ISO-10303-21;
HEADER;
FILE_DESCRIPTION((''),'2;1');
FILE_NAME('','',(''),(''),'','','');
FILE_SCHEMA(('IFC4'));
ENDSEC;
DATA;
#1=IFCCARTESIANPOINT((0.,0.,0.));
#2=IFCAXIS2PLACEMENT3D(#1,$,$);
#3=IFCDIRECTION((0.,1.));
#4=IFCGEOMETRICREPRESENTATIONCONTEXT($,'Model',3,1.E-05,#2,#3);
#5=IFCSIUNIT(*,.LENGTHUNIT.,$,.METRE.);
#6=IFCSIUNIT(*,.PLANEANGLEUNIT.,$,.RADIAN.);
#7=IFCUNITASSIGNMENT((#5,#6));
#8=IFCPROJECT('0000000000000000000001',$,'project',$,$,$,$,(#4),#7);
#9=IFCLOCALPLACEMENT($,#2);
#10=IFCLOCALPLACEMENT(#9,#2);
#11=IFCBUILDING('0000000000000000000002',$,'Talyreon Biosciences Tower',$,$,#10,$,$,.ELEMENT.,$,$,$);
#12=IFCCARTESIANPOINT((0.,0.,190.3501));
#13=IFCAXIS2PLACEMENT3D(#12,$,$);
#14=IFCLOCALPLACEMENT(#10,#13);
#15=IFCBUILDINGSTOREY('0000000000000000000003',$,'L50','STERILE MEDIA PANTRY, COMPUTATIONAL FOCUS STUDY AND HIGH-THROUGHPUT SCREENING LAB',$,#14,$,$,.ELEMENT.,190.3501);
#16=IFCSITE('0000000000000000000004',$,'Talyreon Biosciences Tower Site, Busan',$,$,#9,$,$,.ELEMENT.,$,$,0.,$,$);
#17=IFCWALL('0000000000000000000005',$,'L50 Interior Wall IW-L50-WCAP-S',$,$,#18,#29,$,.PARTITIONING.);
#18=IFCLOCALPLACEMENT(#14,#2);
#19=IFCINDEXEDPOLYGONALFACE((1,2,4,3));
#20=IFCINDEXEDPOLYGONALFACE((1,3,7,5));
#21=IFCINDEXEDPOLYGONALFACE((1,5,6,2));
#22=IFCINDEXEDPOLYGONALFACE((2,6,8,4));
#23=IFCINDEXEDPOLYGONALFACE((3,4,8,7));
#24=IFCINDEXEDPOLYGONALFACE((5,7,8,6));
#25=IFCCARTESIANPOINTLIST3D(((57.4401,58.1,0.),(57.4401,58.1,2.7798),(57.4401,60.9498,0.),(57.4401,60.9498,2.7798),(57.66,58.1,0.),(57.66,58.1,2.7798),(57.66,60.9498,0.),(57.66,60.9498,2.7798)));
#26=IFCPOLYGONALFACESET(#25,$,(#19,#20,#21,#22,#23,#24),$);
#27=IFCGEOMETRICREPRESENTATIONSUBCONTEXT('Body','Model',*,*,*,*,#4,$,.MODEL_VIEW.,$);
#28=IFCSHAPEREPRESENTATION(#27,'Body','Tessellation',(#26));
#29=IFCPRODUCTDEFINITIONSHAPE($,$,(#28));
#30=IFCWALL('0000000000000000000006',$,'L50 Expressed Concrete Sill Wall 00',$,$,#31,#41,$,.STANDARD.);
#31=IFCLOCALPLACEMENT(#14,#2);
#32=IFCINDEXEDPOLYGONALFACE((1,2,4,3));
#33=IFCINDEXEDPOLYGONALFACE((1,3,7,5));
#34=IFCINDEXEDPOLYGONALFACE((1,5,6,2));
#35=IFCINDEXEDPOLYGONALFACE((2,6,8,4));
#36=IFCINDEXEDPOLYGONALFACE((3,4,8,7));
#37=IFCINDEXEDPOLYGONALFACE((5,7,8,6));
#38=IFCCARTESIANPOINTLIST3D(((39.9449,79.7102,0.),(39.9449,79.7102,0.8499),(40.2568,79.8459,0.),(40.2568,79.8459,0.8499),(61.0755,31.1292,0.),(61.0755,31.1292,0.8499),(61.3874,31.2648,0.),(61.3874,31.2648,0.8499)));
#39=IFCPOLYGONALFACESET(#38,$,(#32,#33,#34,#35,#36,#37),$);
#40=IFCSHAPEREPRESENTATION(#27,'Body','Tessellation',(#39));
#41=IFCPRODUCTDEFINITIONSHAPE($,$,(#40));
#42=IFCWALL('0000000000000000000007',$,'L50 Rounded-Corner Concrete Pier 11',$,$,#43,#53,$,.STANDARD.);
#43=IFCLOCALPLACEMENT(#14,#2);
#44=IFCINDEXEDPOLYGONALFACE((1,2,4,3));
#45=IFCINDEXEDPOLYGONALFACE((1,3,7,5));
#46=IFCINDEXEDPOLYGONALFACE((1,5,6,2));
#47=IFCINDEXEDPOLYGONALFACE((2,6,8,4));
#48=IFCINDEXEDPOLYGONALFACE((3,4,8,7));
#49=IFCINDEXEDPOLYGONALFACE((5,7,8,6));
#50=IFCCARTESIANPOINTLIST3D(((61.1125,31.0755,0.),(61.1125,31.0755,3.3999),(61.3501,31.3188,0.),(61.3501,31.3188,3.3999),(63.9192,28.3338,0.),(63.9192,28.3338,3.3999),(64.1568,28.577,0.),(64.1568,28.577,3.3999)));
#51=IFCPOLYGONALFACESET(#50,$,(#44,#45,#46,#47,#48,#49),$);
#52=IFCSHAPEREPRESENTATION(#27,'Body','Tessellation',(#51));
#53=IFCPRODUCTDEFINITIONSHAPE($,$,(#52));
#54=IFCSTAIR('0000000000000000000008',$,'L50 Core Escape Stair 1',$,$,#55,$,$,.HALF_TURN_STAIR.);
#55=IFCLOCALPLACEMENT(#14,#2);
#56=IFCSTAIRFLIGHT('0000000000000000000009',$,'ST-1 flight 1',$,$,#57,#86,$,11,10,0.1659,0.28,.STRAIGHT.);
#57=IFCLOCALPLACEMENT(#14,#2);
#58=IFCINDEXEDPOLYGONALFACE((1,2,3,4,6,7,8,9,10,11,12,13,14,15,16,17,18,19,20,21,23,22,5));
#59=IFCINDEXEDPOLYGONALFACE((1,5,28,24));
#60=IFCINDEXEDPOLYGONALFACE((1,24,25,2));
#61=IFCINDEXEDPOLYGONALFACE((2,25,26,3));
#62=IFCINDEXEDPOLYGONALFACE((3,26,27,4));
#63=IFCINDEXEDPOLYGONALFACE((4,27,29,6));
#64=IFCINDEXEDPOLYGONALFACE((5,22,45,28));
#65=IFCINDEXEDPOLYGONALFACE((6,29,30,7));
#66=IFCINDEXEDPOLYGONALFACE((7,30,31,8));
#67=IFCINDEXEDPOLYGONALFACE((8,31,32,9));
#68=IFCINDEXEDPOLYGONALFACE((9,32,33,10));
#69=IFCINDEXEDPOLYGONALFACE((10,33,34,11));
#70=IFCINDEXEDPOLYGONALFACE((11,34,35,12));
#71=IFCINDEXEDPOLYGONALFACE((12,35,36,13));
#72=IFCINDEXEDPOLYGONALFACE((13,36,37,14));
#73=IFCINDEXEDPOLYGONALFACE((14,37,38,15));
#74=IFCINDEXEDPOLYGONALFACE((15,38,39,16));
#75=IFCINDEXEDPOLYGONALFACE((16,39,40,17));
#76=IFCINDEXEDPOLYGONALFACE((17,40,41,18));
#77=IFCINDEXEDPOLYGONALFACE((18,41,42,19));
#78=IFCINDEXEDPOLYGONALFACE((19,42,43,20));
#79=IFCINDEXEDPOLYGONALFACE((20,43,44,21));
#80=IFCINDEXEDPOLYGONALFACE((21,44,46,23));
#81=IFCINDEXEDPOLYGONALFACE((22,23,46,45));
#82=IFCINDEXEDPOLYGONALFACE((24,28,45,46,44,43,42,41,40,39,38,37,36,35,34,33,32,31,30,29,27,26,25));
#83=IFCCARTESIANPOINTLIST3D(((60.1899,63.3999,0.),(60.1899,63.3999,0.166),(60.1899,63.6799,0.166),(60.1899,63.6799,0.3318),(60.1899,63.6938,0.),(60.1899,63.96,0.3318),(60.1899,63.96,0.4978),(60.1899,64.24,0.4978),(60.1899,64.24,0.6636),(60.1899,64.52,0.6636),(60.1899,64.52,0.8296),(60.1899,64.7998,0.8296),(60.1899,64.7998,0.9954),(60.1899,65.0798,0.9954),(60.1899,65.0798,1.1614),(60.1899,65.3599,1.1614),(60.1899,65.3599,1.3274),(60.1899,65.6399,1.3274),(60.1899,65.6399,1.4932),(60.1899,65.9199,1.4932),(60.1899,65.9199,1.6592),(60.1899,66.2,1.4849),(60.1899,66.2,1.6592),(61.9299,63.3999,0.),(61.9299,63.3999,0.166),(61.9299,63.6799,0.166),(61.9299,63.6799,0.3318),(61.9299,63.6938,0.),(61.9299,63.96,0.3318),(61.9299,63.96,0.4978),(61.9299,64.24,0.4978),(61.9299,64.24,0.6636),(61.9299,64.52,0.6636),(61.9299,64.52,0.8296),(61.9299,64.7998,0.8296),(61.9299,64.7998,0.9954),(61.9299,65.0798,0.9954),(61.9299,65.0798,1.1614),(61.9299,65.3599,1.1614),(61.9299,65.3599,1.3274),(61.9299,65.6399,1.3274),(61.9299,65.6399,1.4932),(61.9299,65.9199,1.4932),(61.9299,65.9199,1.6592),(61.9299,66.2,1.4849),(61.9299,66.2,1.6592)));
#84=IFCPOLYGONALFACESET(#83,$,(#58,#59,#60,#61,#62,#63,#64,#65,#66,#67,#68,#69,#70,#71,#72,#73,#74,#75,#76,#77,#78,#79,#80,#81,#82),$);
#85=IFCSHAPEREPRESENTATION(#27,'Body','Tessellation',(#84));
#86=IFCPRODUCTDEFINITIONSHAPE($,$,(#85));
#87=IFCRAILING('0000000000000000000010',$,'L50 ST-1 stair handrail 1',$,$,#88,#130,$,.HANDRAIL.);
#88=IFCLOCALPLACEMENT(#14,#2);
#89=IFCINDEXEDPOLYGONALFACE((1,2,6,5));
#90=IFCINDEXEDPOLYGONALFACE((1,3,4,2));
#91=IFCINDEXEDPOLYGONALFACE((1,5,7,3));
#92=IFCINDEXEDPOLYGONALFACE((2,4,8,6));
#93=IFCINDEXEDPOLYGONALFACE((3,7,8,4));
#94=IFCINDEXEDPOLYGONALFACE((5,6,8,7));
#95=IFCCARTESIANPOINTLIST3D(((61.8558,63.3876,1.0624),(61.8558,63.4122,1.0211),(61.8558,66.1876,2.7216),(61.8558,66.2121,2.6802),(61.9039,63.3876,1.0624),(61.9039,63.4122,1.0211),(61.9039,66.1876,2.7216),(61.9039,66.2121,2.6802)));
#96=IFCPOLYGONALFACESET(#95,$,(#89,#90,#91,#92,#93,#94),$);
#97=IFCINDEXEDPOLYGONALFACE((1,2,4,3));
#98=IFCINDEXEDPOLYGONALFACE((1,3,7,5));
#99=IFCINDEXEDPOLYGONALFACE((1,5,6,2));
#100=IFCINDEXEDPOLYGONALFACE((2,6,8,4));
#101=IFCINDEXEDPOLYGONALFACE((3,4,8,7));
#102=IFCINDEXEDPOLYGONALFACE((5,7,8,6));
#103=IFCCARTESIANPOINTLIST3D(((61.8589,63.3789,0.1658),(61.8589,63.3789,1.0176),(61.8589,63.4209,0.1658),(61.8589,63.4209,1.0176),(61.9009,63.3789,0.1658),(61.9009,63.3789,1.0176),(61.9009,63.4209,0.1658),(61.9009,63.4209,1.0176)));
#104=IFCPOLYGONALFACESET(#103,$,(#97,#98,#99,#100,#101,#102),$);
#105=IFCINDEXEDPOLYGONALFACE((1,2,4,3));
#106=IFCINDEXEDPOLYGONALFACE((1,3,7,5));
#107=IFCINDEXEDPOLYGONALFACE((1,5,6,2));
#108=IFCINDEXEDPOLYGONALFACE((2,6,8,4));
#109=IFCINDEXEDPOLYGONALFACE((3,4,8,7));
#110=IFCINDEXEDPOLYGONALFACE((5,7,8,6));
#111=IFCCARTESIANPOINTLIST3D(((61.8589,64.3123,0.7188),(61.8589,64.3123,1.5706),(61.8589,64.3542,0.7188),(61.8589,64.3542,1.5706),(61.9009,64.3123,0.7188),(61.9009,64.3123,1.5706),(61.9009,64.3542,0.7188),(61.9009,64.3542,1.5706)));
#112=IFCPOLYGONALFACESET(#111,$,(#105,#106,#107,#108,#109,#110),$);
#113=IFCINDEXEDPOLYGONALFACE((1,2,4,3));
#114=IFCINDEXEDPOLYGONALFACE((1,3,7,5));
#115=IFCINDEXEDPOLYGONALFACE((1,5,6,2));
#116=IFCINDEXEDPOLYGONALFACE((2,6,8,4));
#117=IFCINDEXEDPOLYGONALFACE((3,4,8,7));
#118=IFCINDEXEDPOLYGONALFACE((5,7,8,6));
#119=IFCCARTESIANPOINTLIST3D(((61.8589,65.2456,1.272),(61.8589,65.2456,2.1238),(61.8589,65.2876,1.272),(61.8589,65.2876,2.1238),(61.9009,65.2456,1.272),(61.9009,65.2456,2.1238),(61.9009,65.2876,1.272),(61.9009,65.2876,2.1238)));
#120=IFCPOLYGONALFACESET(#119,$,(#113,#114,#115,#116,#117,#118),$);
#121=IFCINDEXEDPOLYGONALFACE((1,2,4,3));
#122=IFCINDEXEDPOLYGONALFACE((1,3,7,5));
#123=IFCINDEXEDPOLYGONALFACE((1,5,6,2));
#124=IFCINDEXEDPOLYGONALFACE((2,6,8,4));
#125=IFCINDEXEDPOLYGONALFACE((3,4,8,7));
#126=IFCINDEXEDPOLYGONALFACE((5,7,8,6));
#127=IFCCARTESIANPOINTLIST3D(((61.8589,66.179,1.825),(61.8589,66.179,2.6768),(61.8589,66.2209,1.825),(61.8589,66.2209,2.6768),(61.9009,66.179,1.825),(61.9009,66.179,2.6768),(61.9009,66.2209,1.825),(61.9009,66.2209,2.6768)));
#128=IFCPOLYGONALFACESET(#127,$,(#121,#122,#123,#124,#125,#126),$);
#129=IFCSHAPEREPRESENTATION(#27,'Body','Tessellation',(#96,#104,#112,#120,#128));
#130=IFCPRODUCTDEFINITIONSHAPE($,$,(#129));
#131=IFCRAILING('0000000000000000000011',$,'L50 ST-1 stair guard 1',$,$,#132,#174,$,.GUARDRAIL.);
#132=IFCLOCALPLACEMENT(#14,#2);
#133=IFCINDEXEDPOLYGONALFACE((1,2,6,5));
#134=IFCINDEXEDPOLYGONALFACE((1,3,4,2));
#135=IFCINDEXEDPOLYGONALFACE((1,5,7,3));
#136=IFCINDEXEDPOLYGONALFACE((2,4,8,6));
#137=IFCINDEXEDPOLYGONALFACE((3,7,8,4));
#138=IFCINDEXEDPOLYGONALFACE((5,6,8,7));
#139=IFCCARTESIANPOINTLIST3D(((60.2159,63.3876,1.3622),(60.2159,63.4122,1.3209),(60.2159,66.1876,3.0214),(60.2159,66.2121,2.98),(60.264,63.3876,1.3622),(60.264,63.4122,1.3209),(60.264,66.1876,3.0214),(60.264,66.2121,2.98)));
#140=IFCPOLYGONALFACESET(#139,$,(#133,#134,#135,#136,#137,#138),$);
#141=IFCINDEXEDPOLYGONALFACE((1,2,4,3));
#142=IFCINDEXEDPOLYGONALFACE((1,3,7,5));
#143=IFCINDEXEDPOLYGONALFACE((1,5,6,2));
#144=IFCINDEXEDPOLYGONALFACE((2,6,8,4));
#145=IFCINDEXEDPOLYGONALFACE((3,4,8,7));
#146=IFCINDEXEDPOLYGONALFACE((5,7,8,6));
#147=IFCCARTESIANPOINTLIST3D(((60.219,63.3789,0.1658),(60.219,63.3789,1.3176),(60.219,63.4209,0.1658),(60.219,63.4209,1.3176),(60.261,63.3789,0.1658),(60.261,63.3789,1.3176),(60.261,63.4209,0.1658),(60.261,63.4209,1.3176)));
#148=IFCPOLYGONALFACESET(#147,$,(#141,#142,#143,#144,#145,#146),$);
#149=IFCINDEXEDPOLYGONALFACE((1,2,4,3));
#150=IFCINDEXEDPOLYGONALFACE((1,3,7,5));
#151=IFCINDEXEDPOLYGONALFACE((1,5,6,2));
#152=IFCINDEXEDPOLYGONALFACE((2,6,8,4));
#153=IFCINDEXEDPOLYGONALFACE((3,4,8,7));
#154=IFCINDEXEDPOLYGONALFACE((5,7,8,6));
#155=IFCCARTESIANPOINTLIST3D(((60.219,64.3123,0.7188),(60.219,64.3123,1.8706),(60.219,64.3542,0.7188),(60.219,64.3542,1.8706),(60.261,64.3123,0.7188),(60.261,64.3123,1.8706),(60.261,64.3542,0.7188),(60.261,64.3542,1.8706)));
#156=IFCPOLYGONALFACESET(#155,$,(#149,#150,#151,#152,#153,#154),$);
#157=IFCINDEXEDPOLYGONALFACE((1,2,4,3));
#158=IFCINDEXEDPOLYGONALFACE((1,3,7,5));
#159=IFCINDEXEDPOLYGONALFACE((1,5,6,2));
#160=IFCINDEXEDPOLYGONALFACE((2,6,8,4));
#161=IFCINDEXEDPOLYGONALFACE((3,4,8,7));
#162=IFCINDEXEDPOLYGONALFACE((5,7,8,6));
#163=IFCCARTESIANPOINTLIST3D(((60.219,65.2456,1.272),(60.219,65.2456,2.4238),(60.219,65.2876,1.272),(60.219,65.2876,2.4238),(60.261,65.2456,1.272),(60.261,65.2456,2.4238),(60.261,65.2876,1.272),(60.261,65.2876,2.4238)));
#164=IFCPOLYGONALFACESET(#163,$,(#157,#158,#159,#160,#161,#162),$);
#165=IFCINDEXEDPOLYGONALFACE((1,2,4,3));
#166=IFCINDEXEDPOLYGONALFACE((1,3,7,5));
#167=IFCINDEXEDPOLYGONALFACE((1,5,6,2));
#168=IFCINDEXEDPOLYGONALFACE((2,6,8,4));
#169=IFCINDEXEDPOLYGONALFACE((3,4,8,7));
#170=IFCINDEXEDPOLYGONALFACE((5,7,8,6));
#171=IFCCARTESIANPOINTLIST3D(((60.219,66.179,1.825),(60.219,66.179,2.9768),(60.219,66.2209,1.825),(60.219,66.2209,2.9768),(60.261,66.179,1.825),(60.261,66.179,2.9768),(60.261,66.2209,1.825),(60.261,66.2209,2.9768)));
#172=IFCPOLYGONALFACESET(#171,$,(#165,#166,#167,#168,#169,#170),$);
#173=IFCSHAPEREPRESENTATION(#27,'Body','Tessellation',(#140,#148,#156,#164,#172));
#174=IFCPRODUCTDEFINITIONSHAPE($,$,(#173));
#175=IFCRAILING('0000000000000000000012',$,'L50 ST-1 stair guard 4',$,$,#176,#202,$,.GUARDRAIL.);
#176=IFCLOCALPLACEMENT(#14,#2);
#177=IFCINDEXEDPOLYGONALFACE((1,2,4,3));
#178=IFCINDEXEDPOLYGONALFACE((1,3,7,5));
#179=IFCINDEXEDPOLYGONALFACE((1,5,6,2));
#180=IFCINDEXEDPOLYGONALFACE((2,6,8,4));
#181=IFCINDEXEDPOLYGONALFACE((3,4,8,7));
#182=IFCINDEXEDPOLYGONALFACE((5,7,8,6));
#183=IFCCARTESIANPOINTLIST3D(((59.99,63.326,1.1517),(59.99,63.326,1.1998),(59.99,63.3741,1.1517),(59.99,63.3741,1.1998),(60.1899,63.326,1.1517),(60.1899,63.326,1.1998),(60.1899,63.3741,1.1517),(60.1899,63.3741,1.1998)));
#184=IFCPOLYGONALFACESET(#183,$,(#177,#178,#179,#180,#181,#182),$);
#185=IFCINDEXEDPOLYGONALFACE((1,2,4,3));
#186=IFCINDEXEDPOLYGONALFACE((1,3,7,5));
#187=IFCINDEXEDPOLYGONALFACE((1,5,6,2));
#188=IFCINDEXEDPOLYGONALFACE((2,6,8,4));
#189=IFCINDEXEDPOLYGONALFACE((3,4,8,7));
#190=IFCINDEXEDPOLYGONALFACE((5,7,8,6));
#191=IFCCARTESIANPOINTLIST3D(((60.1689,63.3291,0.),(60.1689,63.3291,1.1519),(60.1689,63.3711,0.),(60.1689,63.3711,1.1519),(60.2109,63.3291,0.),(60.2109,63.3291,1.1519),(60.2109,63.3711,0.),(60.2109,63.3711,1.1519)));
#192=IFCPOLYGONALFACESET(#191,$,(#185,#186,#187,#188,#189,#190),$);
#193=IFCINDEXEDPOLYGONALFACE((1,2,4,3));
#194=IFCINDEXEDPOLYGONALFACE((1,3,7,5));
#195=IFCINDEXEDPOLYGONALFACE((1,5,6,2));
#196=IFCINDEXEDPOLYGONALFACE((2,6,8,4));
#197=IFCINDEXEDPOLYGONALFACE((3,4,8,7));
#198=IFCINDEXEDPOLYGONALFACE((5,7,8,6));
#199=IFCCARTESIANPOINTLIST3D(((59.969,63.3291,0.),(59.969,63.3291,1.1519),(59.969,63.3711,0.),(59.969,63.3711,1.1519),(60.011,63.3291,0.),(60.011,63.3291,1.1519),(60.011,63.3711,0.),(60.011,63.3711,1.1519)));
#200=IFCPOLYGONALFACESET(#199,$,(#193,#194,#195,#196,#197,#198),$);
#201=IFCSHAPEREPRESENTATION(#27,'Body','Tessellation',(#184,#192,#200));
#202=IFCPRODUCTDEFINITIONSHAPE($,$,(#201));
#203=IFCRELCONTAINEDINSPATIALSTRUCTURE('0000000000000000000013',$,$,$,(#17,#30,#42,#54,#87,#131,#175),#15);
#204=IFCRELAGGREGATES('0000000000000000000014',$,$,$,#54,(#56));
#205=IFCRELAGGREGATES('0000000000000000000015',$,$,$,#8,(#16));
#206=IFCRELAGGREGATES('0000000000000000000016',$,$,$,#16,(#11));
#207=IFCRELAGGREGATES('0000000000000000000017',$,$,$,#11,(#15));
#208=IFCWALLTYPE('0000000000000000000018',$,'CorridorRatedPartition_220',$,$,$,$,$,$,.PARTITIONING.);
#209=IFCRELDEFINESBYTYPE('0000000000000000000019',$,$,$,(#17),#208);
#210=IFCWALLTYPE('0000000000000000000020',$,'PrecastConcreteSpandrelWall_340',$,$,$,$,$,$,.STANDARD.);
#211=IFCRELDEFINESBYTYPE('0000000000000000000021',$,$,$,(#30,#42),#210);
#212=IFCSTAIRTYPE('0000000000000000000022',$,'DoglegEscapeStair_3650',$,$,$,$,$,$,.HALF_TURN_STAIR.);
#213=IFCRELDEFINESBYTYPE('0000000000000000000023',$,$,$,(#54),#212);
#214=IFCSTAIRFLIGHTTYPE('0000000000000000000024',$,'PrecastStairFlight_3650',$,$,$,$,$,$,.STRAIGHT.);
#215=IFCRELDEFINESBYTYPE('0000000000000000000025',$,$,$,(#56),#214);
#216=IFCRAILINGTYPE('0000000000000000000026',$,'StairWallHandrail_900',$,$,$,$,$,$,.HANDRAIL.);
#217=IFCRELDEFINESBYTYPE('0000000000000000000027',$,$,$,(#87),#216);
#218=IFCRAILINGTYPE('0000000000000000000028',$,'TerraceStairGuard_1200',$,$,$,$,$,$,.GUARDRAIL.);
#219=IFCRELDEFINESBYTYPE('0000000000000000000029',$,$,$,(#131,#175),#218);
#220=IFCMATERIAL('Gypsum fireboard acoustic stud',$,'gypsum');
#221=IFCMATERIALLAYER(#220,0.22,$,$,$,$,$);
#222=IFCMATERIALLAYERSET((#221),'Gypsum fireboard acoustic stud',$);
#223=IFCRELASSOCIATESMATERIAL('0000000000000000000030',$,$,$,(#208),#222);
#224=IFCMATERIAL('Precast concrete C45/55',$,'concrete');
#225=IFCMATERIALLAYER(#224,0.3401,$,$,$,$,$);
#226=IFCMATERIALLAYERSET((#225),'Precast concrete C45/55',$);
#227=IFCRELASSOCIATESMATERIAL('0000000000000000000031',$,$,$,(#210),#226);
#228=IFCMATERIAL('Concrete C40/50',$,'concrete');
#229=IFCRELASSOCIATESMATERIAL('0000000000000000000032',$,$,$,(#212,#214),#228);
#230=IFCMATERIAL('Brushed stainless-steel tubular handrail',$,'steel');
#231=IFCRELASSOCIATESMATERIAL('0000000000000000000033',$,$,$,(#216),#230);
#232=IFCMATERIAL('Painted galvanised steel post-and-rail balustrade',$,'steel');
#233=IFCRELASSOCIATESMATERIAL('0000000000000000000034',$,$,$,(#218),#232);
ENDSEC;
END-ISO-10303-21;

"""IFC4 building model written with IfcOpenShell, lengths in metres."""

from ifc_helpers import new_model, si_unit, direction, frame, frame_2d, origin, origin_2d, place, context, subcontext, project, spatial, polyline, rectangle, outline, extrude, material, layer, layer_set, type_object, element, aggregate, save


model = new_model("IFC4")

# Units and contexts
model_context = context("Model", 3, precision=1e-05, world=origin(), true_north=direction((0.0, 1.0)))
body_context = subcontext(model_context, "Body", "Model", "MODEL_VIEW")
ifc_project = project(units=[si_unit("LENGTHUNIT", "METRE"), si_unit("PLANEANGLEUNIT", "RADIAN")], contexts=[model_context])

# Site, building, storey
site_placement = place(None, origin())
site = spatial("IfcSite", under=ifc_project, at=site_placement, Name="Talyreon Biosciences Tower Site, Busan", CompositionType="ELEMENT", RefElevation=0.0)
building_placement = place(site_placement, origin())
building = spatial("IfcBuilding", under=site, at=building_placement, Name="Talyreon Biosciences Tower", CompositionType="ELEMENT")
storey_placement = place(building_placement, frame((0.0, 0.0, 190.3501)))
storey = spatial("IfcBuildingStorey", under=building, at=storey_placement, Name="L50", Description="STERILE MEDIA PANTRY, COMPUTATIONAL FOCUS STUDY AND HIGH-THROUGHPUT SCREENING LAB", CompositionType="ELEMENT", Elevation=190.3501)

# Shared definitions
ifc_material_1 = material(Name="Precast concrete C45/55", Category="concrete")

# Shared definitions
ifc_material_2 = material(Name="Gypsum fireboard acoustic stud", Category="gypsum")

# Walls
ifc_layer_1 = layer(ifc_material_2, 0.22)
ifc_layer_set_1 = layer_set([ifc_layer_1], Name="Gypsum fireboard acoustic stud")
wall_type_1 = type_object("IfcWallType", Name="CorridorRatedPartition_220", PredefinedType="PARTITIONING", material=ifc_layer_set_1)
wall_1_placement = place(storey_placement, frame((57.55, 58.1001, 0.0), z_axis=(0.0, 0.0, 1.0), x_axis=(0.0, 1.0, 0.0)))
element("IfcWall", 1, at=wall_1_placement, inside=storey, type_object=wall_type_1, Name="L50 Interior Wall IW-L50-WCAP-S", PredefinedType="PARTITIONING", context=body_context, shape_type="SweptSolid", body=[
    extrude(rectangle(XDim=2.8499, YDim=0.22, at=frame_2d((1.4248, 0.0))), origin(), (0.0, 0.0, 1.0), 2.7798),
])
ifc_layer_2 = layer(ifc_material_1, 0.3401)
ifc_layer_set_2 = layer_set([ifc_layer_2], Name="Precast concrete C45/55")
wall_type_2 = type_object("IfcWallType", Name="PrecastConcreteSpandrelWall_340", PredefinedType="STANDARD", material=ifc_layer_set_2)
wall_2_placement = place(storey_placement, frame((61.2314, 31.197, 0.0), z_axis=(0.0, 0.0, 1.0), x_axis=(-0.39886, 0.917012, 0.0)))
element("IfcWall", 2, at=wall_2_placement, inside=storey, type_object=wall_type_2, Name="L50 Expressed Concrete Sill Wall 00", PredefinedType="STANDARD", context=body_context, shape_type="SweptSolid", body=[
    extrude(rectangle(XDim=52.9775, YDim=0.3401, at=frame_2d((26.4888, 0.0))), origin(), (0.0, 0.0, 1.0), 0.8499),
])
wall_3_placement = place(storey_placement, frame((64.0381, 28.4553, 0.0), z_axis=(0.0, 0.0, 1.0), x_axis=(-0.715334, 0.698782, 0.0)))
element("IfcWall", 3, at=wall_3_placement, inside=storey, type_object=wall_type_2, Name="L50 Rounded-Corner Concrete Pier 11", PredefinedType="STANDARD", context=body_context, shape_type="SweptSolid", body=[
    extrude(rectangle(XDim=3.9236, YDim=0.3401, at=frame_2d((1.9619, 0.0))), origin(), (0.0, 0.0, 1.0), 3.3999),
])

# Stair, stair flight
ifc_material_3 = material(Name="Concrete C40/50", Category="concrete")
stair_type = type_object("IfcStairType", Name="DoglegEscapeStair_3650", PredefinedType="HALF_TURN_STAIR", material=ifc_material_3)
stair_placement = place(storey_placement, origin())
stair = element("IfcStair", 4, at=stair_placement, inside=storey, type_object=stair_type, Name="L50 Core Escape Stair 1", PredefinedType="HALF_TURN_STAIR")
stair_flight_type = type_object("IfcStairFlightType", Name="PrecastStairFlight_3650", PredefinedType="STRAIGHT", material=ifc_material_3)
stair_flight_placement = place(storey_placement, frame((61.0601, 63.3999, 0.0), z_axis=(0.0, 0.0, 1.0), x_axis=(0.0, 1.0, 0.0)))
stair_flight = element("IfcStairFlight", 5, at=stair_flight_placement, type_object=stair_flight_type, Name="ST-1 flight 1", NumberOfRisers=11, NumberOfTreads=10, PredefinedType="STRAIGHT", RiserHeight=0.1659, TreadLength=0.28, context=body_context, shape_type="SweptSolid", body=[
    extrude(outline(polyline([(0.0, 0.0), (0.0, 0.166), (0.28, 0.166), (0.28, 0.3318), (0.5601, 0.3318), (0.5601, 0.4978), (0.8401, 0.4978), (0.8401, 0.6636), (1.1201, 0.6636), (1.1201, 0.8296), (1.3999, 0.8296), (1.3999, 0.9954), (1.6799, 0.9954), (1.6799, 1.1614), (1.96, 1.1614), (1.96, 1.3274), (2.24, 1.3274), (2.24, 1.4932), (2.52, 1.4932), (2.52, 1.6592), (2.8, 1.6592), (2.8, 1.825), (2.8, 1.4849), (0.2939, 0.0), (0.0, 0.0)])), frame((0.0, 0.8701, 0.0), z_axis=(0.0, -1.0, 0.0), x_axis=(1.0, 0.0, 0.0)), (0.0, 0.0, 1.0), 1.74),
])
aggregate(stair, [stair_flight])

# Railings
ifc_material_4 = material(Name="Brushed stainless-steel tubular handrail", Category="steel")
railing_type_1 = type_object("IfcRailingType", Name="StairWallHandrail_900", PredefinedType="HANDRAIL", material=ifc_material_4)
railing_1_placement = place(storey_placement, frame((61.8799, 63.3999, 0.1658)))
element("IfcRailing", 6, at=railing_1_placement, inside=storey, type_object=railing_type_1, Name="L50 ST-1 stair handrail 1", PredefinedType="HANDRAIL", context=body_context, shape_type="SweptSolid", body=[
    extrude(rectangle(XDim=0.0481, YDim=0.0481, at=origin_2d()), frame((0.0, 0.0, 0.876), z_axis=(0.0, 0.860306, 0.509778), x_axis=(-1.0, 0.0, 0.0)), (0.0, 0.0, 1.0), 3.2546),
    extrude(rectangle(XDim=0.042, YDim=0.042, at=origin_2d()), origin(), (0.0, 0.0, 1.0), 0.8518),
    extrude(rectangle(XDim=0.042, YDim=0.042, at=origin_2d()), frame((0.0, 0.9333, 0.553)), (0.0, 0.0, 1.0), 0.8518),
    extrude(rectangle(XDim=0.042, YDim=0.042, at=origin_2d()), frame((0.0, 1.8667, 1.1062)), (0.0, 0.0, 1.0), 0.8518),
    extrude(rectangle(XDim=0.042, YDim=0.042, at=origin_2d()), frame((0.0, 2.8, 1.6592)), (0.0, 0.0, 1.0), 0.8518),
])
ifc_material_5 = material(Name="Painted galvanised steel post-and-rail balustrade", Category="steel")
railing_type_2 = type_object("IfcRailingType", Name="TerraceStairGuard_1200", PredefinedType="GUARDRAIL", material=ifc_material_5)
railing_2_placement = place(storey_placement, frame((60.24, 63.3999, 0.1658)))
element("IfcRailing", 7, at=railing_2_placement, inside=storey, type_object=railing_type_2, Name="L50 ST-1 stair guard 1", PredefinedType="GUARDRAIL", context=body_context, shape_type="SweptSolid", body=[
    extrude(rectangle(XDim=0.0481, YDim=0.0481, at=origin_2d()), frame((0.0, 0.0, 1.1758), z_axis=(0.0, 0.860306, 0.509778), x_axis=(-1.0, 0.0, 0.0)), (0.0, 0.0, 1.0), 3.2546),
    extrude(rectangle(XDim=0.042, YDim=0.042, at=origin_2d()), origin(), (0.0, 0.0, 1.0), 1.1519),
    extrude(rectangle(XDim=0.042, YDim=0.042, at=origin_2d()), frame((0.0, 0.9333, 0.553)), (0.0, 0.0, 1.0), 1.1519),
    extrude(rectangle(XDim=0.042, YDim=0.042, at=origin_2d()), frame((0.0, 1.8667, 1.1062)), (0.0, 0.0, 1.0), 1.1519),
    extrude(rectangle(XDim=0.042, YDim=0.042, at=origin_2d()), frame((0.0, 2.8, 1.6592)), (0.0, 0.0, 1.0), 1.1519),
])
railing_3_placement = place(storey_placement, frame((60.1899, 63.3501, 0.0)))
element("IfcRailing", 8, at=railing_3_placement, inside=storey, type_object=railing_type_2, Name="L50 ST-1 stair guard 4", PredefinedType="GUARDRAIL", context=body_context, shape_type="SweptSolid", body=[
    extrude(rectangle(XDim=0.0481, YDim=0.0481, at=origin_2d()), frame((0.0, 0.0, 1.1758), z_axis=(-1.0, 0.0, 0.0), x_axis=(0.0, -1.0, 0.0)), (0.0, 0.0, 1.0), 0.2),
    extrude(rectangle(XDim=0.042, YDim=0.042, at=origin_2d()), origin(), (0.0, 0.0, 1.0), 1.1519),
    extrude(rectangle(XDim=0.042, YDim=0.042, at=origin_2d()), frame((-0.2, 0.0, 0.0)), (0.0, 0.0, 1.0), 1.1519),
])

save(model, "model.ifc")
